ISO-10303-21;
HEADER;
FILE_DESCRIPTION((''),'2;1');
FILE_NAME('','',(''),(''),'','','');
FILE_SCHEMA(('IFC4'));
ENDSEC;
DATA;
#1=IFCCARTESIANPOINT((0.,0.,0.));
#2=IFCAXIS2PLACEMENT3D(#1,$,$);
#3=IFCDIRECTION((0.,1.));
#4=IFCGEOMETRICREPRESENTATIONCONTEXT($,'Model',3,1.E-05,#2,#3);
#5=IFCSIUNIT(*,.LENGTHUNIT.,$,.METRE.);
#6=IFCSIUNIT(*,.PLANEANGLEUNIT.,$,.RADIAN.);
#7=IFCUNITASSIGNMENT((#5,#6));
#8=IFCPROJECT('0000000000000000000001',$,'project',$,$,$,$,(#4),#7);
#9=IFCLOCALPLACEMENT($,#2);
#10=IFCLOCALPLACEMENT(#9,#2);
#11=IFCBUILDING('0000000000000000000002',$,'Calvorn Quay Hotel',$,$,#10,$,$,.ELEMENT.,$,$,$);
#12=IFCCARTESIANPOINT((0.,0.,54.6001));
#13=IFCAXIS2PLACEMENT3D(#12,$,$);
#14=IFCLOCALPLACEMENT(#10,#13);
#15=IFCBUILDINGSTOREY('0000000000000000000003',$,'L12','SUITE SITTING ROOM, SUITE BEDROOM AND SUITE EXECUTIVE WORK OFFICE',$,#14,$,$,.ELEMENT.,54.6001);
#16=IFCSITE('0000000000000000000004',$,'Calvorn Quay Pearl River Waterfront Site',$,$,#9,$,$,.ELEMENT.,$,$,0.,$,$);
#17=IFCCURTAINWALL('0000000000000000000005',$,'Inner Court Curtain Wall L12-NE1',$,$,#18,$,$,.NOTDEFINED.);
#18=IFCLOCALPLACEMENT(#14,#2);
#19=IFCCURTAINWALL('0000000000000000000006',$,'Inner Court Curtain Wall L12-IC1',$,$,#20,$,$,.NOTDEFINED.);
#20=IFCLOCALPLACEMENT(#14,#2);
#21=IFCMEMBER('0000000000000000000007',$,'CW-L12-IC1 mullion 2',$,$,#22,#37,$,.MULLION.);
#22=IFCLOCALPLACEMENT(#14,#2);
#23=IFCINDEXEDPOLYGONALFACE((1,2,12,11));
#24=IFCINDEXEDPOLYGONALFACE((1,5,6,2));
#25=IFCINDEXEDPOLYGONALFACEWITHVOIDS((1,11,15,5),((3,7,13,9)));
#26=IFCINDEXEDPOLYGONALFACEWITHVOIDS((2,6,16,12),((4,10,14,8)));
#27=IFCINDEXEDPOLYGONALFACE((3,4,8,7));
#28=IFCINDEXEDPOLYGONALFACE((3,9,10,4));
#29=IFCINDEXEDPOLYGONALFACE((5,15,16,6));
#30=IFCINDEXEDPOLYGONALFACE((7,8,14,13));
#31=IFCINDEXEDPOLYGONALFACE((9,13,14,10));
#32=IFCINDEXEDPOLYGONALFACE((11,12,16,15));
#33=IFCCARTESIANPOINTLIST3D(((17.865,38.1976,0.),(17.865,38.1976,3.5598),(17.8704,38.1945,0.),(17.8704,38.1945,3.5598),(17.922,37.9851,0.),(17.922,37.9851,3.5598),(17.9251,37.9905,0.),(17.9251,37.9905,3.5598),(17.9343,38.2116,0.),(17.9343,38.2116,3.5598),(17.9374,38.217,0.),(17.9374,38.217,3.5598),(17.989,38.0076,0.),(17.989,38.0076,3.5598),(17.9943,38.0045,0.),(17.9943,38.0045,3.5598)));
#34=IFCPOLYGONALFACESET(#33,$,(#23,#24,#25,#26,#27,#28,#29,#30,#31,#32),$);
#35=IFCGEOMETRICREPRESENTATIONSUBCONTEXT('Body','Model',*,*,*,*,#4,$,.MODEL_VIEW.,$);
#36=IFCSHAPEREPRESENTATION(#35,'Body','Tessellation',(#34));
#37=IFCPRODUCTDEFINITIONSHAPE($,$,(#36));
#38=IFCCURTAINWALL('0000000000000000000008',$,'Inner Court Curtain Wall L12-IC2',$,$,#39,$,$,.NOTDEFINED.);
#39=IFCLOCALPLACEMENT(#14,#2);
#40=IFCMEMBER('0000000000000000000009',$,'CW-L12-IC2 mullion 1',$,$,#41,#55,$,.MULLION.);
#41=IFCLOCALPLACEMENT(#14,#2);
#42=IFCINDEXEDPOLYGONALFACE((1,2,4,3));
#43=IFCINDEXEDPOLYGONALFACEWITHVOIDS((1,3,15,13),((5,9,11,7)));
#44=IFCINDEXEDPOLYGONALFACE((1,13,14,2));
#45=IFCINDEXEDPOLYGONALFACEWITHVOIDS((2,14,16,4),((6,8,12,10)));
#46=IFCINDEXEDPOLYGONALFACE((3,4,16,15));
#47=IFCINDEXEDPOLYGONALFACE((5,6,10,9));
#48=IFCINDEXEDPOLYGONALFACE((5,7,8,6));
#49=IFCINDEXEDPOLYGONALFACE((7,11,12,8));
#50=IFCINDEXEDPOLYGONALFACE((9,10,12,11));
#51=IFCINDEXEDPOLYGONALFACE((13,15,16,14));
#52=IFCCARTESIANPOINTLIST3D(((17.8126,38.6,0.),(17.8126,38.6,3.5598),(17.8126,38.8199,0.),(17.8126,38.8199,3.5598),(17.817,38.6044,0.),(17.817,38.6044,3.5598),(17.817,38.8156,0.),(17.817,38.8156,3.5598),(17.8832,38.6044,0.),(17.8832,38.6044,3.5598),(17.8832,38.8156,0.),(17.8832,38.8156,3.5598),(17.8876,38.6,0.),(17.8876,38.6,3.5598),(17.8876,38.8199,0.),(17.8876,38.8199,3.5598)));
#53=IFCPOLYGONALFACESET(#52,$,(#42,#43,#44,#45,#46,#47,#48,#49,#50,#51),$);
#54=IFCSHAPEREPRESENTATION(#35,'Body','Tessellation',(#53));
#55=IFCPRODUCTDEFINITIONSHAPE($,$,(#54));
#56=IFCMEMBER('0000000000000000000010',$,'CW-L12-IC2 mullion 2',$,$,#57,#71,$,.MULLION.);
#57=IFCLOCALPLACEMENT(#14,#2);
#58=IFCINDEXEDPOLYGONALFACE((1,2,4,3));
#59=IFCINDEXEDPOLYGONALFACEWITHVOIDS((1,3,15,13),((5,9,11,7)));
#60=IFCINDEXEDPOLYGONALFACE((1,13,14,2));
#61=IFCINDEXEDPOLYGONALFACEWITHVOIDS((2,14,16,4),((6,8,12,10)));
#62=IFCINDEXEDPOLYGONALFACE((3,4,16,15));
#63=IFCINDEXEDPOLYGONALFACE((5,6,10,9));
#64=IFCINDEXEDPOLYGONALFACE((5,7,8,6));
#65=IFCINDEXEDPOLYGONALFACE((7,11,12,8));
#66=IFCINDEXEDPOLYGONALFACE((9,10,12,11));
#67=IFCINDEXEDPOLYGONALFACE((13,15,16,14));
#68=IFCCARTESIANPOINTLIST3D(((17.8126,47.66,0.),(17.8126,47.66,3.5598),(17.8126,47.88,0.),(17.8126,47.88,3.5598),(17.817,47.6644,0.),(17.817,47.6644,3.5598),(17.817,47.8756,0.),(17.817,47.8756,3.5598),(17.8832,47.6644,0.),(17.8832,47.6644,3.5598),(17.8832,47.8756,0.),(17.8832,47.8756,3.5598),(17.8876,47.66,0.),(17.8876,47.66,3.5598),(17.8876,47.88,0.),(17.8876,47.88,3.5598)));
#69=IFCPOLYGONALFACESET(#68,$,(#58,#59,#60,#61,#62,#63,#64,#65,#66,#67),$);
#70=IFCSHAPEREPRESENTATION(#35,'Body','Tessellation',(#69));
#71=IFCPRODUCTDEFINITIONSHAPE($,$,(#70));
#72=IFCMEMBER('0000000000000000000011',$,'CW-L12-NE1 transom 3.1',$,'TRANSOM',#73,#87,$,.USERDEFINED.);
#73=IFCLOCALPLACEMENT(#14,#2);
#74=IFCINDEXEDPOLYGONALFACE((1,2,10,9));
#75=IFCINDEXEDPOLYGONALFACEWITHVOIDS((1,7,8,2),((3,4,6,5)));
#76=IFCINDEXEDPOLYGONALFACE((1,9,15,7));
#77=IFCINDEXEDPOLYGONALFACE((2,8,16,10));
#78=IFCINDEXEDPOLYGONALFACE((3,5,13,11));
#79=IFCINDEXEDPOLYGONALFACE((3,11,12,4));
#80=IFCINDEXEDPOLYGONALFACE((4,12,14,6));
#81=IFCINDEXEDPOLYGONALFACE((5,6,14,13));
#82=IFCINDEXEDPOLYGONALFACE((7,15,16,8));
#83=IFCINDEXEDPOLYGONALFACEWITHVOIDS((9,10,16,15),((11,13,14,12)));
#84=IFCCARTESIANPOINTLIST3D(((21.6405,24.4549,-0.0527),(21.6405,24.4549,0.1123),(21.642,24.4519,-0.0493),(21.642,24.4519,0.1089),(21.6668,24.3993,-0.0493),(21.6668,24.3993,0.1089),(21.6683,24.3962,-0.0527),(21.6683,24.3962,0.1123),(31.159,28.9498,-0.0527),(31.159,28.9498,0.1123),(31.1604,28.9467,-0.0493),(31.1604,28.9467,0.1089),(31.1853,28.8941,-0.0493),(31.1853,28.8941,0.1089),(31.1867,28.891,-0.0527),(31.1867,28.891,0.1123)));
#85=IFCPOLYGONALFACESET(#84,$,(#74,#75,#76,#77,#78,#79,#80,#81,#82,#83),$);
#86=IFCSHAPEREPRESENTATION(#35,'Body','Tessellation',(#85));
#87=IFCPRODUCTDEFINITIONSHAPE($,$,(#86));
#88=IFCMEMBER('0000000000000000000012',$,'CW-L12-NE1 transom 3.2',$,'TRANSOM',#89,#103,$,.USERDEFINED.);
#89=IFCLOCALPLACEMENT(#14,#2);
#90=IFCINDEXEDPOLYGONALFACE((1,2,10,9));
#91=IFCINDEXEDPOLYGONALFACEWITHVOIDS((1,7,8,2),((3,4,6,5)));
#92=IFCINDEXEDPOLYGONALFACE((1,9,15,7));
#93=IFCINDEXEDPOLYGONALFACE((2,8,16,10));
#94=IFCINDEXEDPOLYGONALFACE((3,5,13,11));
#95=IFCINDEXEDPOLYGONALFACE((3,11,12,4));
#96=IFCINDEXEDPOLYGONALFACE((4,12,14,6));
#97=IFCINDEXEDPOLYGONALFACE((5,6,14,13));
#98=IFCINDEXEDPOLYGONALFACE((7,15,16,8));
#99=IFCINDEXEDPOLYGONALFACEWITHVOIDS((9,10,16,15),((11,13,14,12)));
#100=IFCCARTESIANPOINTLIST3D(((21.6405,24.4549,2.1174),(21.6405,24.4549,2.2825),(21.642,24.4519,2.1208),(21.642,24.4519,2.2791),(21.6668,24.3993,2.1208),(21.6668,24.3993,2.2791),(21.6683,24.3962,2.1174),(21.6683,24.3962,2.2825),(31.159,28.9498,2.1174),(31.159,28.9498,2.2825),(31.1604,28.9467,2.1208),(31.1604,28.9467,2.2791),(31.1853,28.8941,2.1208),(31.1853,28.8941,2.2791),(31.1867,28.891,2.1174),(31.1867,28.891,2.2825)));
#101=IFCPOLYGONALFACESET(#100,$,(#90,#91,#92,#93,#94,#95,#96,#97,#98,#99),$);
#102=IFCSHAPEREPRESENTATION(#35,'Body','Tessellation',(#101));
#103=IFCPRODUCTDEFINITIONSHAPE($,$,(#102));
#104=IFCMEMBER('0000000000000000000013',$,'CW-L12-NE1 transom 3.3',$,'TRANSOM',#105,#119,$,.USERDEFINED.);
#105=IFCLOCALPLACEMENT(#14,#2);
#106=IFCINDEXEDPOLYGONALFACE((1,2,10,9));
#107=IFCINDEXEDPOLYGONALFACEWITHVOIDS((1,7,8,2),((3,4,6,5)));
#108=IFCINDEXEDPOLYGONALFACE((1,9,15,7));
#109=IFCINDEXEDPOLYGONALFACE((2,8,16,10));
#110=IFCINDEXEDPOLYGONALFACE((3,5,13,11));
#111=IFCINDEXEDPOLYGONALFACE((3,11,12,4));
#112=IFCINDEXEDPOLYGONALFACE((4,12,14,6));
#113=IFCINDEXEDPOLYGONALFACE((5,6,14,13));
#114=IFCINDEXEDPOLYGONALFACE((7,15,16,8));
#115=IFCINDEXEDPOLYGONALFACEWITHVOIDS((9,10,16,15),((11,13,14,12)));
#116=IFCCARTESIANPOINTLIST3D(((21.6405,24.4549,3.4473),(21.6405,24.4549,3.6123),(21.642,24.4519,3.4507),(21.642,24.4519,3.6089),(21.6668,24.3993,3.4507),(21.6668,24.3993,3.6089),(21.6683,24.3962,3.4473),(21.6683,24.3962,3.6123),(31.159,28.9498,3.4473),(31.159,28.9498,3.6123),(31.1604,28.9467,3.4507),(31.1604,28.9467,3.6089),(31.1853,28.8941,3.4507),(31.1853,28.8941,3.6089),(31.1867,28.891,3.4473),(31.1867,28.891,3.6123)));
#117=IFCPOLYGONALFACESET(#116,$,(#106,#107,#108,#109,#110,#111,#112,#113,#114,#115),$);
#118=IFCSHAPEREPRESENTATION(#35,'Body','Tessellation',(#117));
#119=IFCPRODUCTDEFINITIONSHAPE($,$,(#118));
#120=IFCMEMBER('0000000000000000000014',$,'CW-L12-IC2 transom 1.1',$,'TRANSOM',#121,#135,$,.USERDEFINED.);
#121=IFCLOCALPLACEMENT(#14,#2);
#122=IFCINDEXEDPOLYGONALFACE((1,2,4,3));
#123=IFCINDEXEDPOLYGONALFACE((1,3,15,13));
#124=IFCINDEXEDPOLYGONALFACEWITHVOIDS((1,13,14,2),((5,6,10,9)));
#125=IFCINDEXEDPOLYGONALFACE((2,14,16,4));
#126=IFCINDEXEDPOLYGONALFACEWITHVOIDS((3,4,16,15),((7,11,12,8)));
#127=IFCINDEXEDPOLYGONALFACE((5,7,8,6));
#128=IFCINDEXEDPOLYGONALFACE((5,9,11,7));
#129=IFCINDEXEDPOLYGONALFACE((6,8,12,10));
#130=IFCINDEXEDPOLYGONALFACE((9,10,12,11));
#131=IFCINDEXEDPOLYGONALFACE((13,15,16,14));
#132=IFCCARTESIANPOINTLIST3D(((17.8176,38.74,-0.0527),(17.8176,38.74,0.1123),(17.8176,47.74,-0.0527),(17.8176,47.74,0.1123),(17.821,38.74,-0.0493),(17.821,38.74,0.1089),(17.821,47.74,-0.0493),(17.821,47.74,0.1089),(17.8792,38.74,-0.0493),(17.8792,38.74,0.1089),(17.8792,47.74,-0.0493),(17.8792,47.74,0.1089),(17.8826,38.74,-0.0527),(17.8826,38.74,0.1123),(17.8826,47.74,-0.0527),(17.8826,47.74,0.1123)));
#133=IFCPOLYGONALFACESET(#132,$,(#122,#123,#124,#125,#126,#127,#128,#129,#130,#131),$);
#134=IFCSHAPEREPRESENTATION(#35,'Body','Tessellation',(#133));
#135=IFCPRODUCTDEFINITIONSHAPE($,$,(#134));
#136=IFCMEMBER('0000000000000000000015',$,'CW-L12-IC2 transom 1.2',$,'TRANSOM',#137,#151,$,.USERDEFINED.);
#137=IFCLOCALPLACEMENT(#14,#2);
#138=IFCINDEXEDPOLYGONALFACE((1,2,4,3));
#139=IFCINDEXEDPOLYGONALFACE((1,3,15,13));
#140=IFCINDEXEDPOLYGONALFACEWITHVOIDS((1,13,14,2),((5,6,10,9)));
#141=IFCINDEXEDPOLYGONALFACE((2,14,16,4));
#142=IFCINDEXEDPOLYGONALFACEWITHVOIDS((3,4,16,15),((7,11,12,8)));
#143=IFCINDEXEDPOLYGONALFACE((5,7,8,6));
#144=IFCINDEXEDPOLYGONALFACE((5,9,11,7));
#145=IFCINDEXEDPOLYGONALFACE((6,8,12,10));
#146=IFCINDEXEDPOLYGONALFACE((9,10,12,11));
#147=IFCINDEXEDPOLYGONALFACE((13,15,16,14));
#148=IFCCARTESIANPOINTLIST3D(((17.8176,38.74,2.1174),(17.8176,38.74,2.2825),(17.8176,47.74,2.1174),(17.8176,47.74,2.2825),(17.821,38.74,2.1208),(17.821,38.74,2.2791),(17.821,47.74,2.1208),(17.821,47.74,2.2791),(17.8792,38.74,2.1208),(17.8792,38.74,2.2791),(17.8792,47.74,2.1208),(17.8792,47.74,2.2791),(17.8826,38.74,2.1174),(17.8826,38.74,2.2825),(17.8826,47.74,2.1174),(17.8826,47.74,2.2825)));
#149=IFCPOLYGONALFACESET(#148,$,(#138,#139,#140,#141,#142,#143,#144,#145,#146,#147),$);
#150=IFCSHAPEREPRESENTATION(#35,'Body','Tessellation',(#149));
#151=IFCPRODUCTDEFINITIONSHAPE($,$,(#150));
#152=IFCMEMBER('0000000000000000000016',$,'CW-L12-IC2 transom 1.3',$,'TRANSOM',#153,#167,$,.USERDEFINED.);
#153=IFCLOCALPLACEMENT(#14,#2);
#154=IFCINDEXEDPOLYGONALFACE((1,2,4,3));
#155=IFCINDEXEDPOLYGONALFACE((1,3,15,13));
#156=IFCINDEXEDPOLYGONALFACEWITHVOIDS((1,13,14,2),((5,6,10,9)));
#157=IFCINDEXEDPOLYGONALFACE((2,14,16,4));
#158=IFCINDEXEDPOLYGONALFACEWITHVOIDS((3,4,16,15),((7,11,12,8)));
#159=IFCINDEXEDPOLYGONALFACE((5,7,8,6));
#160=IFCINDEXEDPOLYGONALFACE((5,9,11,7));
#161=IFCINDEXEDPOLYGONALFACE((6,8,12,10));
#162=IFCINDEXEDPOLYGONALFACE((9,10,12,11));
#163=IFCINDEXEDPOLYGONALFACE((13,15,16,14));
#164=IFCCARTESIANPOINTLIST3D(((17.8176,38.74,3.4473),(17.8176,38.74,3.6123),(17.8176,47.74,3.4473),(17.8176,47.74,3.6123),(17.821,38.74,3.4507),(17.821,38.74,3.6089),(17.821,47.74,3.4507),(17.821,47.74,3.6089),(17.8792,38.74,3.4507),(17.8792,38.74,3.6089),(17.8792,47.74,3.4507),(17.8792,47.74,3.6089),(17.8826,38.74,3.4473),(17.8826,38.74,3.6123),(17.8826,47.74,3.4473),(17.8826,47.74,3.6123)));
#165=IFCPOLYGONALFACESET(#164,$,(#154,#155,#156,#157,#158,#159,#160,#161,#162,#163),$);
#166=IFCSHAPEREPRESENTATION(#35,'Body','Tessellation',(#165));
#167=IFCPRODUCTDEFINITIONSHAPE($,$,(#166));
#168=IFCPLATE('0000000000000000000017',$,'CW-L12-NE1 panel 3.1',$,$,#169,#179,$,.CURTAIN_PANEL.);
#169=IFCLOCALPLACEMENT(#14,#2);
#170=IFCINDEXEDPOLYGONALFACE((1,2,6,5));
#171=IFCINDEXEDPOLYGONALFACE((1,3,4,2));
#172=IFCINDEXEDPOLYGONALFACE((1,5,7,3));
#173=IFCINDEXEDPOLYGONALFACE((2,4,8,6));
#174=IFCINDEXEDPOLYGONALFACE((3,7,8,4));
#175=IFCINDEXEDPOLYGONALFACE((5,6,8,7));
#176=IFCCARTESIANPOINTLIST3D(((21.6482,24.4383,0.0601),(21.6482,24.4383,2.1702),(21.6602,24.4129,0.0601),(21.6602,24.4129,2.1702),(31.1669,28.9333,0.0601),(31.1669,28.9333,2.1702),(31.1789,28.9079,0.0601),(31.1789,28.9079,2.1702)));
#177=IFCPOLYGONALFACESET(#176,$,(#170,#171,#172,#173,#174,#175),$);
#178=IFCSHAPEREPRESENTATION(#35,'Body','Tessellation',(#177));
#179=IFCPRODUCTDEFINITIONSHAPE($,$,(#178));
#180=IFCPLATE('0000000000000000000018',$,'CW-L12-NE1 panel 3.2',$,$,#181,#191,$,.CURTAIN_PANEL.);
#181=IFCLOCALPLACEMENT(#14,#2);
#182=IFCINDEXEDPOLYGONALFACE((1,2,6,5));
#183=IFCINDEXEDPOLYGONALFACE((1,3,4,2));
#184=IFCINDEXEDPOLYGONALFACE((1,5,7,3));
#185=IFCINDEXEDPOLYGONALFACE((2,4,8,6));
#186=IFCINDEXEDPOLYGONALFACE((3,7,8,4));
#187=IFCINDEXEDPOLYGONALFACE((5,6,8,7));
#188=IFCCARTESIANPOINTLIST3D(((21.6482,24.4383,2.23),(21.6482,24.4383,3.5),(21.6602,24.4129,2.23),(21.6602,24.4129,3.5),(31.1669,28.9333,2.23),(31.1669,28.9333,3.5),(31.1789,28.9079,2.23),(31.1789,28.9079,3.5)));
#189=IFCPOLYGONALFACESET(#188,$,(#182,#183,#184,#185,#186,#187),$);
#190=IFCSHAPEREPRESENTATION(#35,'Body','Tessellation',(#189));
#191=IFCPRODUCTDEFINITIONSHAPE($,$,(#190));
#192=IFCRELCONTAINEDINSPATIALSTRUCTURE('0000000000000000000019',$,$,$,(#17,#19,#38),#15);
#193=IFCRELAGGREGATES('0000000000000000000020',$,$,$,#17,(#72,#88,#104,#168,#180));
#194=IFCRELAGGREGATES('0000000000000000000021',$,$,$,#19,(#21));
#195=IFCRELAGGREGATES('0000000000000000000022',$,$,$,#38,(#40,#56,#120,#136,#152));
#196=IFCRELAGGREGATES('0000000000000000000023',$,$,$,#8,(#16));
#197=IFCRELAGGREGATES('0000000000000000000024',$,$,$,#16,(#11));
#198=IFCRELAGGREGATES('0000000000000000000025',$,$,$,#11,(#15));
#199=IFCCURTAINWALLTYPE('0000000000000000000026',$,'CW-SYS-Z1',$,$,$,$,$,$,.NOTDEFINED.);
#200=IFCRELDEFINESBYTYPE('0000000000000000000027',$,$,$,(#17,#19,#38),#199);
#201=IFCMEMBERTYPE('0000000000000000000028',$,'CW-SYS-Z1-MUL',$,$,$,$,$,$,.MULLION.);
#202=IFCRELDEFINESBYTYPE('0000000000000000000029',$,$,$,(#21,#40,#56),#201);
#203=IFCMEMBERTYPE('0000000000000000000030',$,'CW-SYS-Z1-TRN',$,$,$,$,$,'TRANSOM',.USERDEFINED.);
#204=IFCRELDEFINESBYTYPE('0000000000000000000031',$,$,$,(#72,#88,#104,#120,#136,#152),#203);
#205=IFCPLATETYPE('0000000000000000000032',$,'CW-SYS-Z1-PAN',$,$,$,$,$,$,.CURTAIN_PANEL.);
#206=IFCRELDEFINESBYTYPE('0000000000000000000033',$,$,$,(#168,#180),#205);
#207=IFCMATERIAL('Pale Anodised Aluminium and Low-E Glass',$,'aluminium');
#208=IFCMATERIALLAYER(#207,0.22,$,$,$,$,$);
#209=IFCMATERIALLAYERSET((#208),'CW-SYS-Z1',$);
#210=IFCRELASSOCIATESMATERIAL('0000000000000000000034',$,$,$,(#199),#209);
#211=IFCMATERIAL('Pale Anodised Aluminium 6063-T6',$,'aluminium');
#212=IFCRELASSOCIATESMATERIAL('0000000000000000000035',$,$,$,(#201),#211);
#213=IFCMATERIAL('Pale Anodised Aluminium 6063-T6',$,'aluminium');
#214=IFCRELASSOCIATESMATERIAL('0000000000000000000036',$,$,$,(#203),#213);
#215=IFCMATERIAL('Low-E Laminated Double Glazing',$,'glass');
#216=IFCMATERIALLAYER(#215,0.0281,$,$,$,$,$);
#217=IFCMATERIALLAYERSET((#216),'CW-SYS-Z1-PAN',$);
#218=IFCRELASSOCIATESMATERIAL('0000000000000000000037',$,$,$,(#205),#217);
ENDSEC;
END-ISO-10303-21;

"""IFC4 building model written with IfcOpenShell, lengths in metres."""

from ifc_helpers import new_model, si_unit, direction, frame, origin, origin_2d, place, context, subcontext, project, spatial, rectangle, hollow_rectangle, extrude, material, layer, layer_set, material_profile, profile_set, type_object, element, aggregate, save


model = new_model("IFC4")

# Units and contexts
model_context = context("Model", 3, precision=1e-05, world=origin(), true_north=direction((0.0, 1.0)))
body_context = subcontext(model_context, "Body", "Model", "MODEL_VIEW")
ifc_project = project(units=[si_unit("LENGTHUNIT", "METRE"), si_unit("PLANEANGLEUNIT", "RADIAN")], contexts=[model_context])

# Site, building, storey
site_placement = place(None, origin())
site = spatial("IfcSite", under=ifc_project, at=site_placement, Name="Calvorn Quay Pearl River Waterfront Site", CompositionType="ELEMENT", RefElevation=0.0)
building_placement = place(site_placement, origin())
building = spatial("IfcBuilding", under=site, at=building_placement, Name="Calvorn Quay Hotel", CompositionType="ELEMENT")
storey_placement = place(building_placement, frame((0.0, 0.0, 54.6001)))
storey = spatial("IfcBuildingStorey", under=building, at=storey_placement, Name="L12", Description="SUITE SITTING ROOM, SUITE BEDROOM AND SUITE EXECUTIVE WORK OFFICE", CompositionType="ELEMENT", Elevation=54.6001)

# Curtain walls, member
ifc_material_1 = material(Name="Pale Anodised Aluminium and Low-E Glass", Category="aluminium")
ifc_layer_1 = layer(ifc_material_1, 0.22)
ifc_layer_set_1 = layer_set([ifc_layer_1], Name="CW-SYS-Z1")
curtain_wall_type = type_object("IfcCurtainWallType", Name="CW-SYS-Z1", PredefinedType="NOTDEFINED", material=ifc_layer_set_1)
curtain_wall_1_placement = place(storey_placement, origin())
curtain_wall_1 = element("IfcCurtainWall", 1, at=curtain_wall_1_placement, inside=storey, type_object=curtain_wall_type, Name="Inner Court Curtain Wall L12-NE1", PredefinedType="NOTDEFINED")
ifc_material_2 = material(Name="Pale Anodised Aluminium 6063-T6", Category="aluminium")
ifc_material_profile_1 = material_profile(ifc_material_2, hollow_rectangle(XDim=0.075, YDim=0.22, WallThickness=0.0044, at=origin_2d()), Name="ALU-M220x75x4.5")
ifc_profile_set_1 = profile_set([ifc_material_profile_1], Name="Pale Anodised Aluminium 6063-T6")
member_type_1 = type_object("IfcMemberType", Name="CW-SYS-Z1-MUL", PredefinedType="MULLION", material=ifc_profile_set_1)
curtain_wall_2_placement = place(storey_placement, origin())
curtain_wall_2 = element("IfcCurtainWall", 2, at=curtain_wall_2_placement, inside=storey, type_object=curtain_wall_type, Name="Inner Court Curtain Wall L12-IC1", PredefinedType="NOTDEFINED")
member_1_placement = place(storey_placement, frame((17.9297, 38.1011, 0.0), z_axis=(0.0, 0.0, 1.0), x_axis=(-0.965937, -0.258779, 0.0)))
member_1 = element("IfcMember", 3, at=member_1_placement, type_object=member_type_1, Name="CW-L12-IC1 mullion 2", PredefinedType="MULLION", context=body_context, shape_type="SweptSolid", body=[
    extrude(hollow_rectangle(XDim=0.075, YDim=0.22, WallThickness=0.0044, at=origin_2d()), origin(), (0.0, 0.0, 1.0), 3.5598),
])

# Curtain wall, members
curtain_wall_3_placement = place(storey_placement, origin())
curtain_wall_3 = element("IfcCurtainWall", 4, at=curtain_wall_3_placement, inside=storey, type_object=curtain_wall_type, Name="Inner Court Curtain Wall L12-IC2", PredefinedType="NOTDEFINED")
member_2_placement = place(storey_placement, frame((17.8501, 38.71, 0.0), z_axis=(0.0, 0.0, 1.0), x_axis=(-1.0, 0.0, 0.0)))
member_2 = element("IfcMember", 5, at=member_2_placement, type_object=member_type_1, Name="CW-L12-IC2 mullion 1", PredefinedType="MULLION", context=body_context, shape_type="SweptSolid", body=[
    extrude(hollow_rectangle(XDim=0.075, YDim=0.22, WallThickness=0.0044, at=origin_2d()), origin(), (0.0, 0.0, 1.0), 3.5598),
])
member_3_placement = place(storey_placement, frame((17.8501, 47.77, 0.0), z_axis=(0.0, 0.0, 1.0), x_axis=(-1.0, 0.0, 0.0)))
member_3 = element("IfcMember", 6, at=member_3_placement, type_object=member_type_1, Name="CW-L12-IC2 mullion 2", PredefinedType="MULLION", context=body_context, shape_type="SweptSolid", body=[
    extrude(hollow_rectangle(XDim=0.075, YDim=0.22, WallThickness=0.0044, at=origin_2d()), origin(), (0.0, 0.0, 1.0), 3.5598),
])

# Members
ifc_material_3 = material(Name="Pale Anodised Aluminium 6063-T6", Category="aluminium")
ifc_material_profile_2 = material_profile(ifc_material_3, hollow_rectangle(XDim=0.0649, YDim=0.165, WallThickness=0.0034, at=origin_2d()), Name="ALU-T165x65x3.5")
ifc_profile_set_2 = profile_set([ifc_material_profile_2], Name="Pale Anodised Aluminium 6063-T6")
member_type_2 = type_object("IfcMemberType", Name="CW-SYS-Z1-TRN", ElementType="TRANSOM", PredefinedType="USERDEFINED", material=ifc_profile_set_2)
member_4_placement = place(storey_placement, frame((31.1729, 28.9204, 0.0298), z_axis=(-0.904249, -0.427006, 0.0), x_axis=(0.427006, -0.904249, 0.0)))
member_4 = element("IfcMember", 7, at=member_4_placement, type_object=member_type_2, Name="CW-L12-NE1 transom 3.1", ObjectType="TRANSOM", PredefinedType="USERDEFINED", context=body_context, shape_type="SweptSolid", body=[
    extrude(hollow_rectangle(XDim=0.0649, YDim=0.165, WallThickness=0.0034, at=origin_2d()), origin(), (0.0, 0.0, 1.0), 10.5264),
])
member_5_placement = place(storey_placement, frame((31.1729, 28.9204, 2.2), z_axis=(-0.904249, -0.427006, 0.0), x_axis=(0.427006, -0.904249, 0.0)))
member_5 = element("IfcMember", 8, at=member_5_placement, type_object=member_type_2, Name="CW-L12-NE1 transom 3.2", ObjectType="TRANSOM", PredefinedType="USERDEFINED", context=body_context, shape_type="SweptSolid", body=[
    extrude(hollow_rectangle(XDim=0.0649, YDim=0.165, WallThickness=0.0034, at=origin_2d()), origin(), (0.0, 0.0, 1.0), 10.5264),
])
member_6_placement = place(storey_placement, frame((31.1729, 28.9204, 3.5298), z_axis=(-0.904249, -0.427006, 0.0), x_axis=(0.427006, -0.904249, 0.0)))
member_6 = element("IfcMember", 9, at=member_6_placement, type_object=member_type_2, Name="CW-L12-NE1 transom 3.3", ObjectType="TRANSOM", PredefinedType="USERDEFINED", context=body_context, shape_type="SweptSolid", body=[
    extrude(hollow_rectangle(XDim=0.0649, YDim=0.165, WallThickness=0.0034, at=origin_2d()), origin(), (0.0, 0.0, 1.0), 10.5264),
])
member_7_placement = place(storey_placement, frame((17.8501, 38.74, 0.0298), z_axis=(0.0, 1.0, 0.0), x_axis=(-1.0, 0.0, 0.0)))
member_7 = element("IfcMember", 10, at=member_7_placement, type_object=member_type_2, Name="CW-L12-IC2 transom 1.1", ObjectType="TRANSOM", PredefinedType="USERDEFINED", context=body_context, shape_type="SweptSolid", body=[
    extrude(hollow_rectangle(XDim=0.0649, YDim=0.165, WallThickness=0.0034, at=origin_2d()), origin(), (0.0, 0.0, 1.0), 9.0),
])
member_8_placement = place(storey_placement, frame((17.8501, 38.74, 2.2), z_axis=(0.0, 1.0, 0.0), x_axis=(-1.0, 0.0, 0.0)))
member_8 = element("IfcMember", 11, at=member_8_placement, type_object=member_type_2, Name="CW-L12-IC2 transom 1.2", ObjectType="TRANSOM", PredefinedType="USERDEFINED", context=body_context, shape_type="SweptSolid", body=[
    extrude(hollow_rectangle(XDim=0.0649, YDim=0.165, WallThickness=0.0034, at=origin_2d()), origin(), (0.0, 0.0, 1.0), 9.0),
])
member_9_placement = place(storey_placement, frame((17.8501, 38.74, 3.5298), z_axis=(0.0, 1.0, 0.0), x_axis=(-1.0, 0.0, 0.0)))
member_9 = element("IfcMember", 12, at=member_9_placement, type_object=member_type_2, Name="CW-L12-IC2 transom 1.3", ObjectType="TRANSOM", PredefinedType="USERDEFINED", context=body_context, shape_type="SweptSolid", body=[
    extrude(hollow_rectangle(XDim=0.0649, YDim=0.165, WallThickness=0.0034, at=origin_2d()), origin(), (0.0, 0.0, 1.0), 9.0),
])

# Plates
ifc_material_4 = material(Name="Low-E Laminated Double Glazing", Category="glass")
ifc_layer_2 = layer(ifc_material_4, 0.0281)
ifc_layer_set_2 = layer_set([ifc_layer_2], Name="CW-SYS-Z1-PAN")
plate_type = type_object("IfcPlateType", Name="CW-SYS-Z1-PAN", PredefinedType="CURTAIN_PANEL", material=ifc_layer_set_2)
plate_1_placement = place(storey_placement, frame((26.4136, 26.6731, 0.0601), z_axis=(0.0, 0.0, 1.0), x_axis=(-0.904249, -0.427006, 0.0)))
plate_1 = element("IfcPlate", 13, at=plate_1_placement, type_object=plate_type, Name="CW-L12-NE1 panel 3.1", PredefinedType="CURTAIN_PANEL", context=body_context, shape_type="SweptSolid", body=[
    extrude(rectangle(XDim=10.5266, YDim=0.0281, at=origin_2d()), origin(), (0.0, 0.0, 1.0), 2.1101),
])
plate_2_placement = place(storey_placement, frame((26.4136, 26.6731, 2.23), z_axis=(0.0, 0.0, 1.0), x_axis=(-0.904249, -0.427006, 0.0)))
plate_2 = element("IfcPlate", 14, at=plate_2_placement, type_object=plate_type, Name="CW-L12-NE1 panel 3.2", PredefinedType="CURTAIN_PANEL", context=body_context, shape_type="SweptSolid", body=[
    extrude(rectangle(XDim=10.5266, YDim=0.0281, at=origin_2d()), origin(), (0.0, 0.0, 1.0), 1.27),
])
aggregate(curtain_wall_1, [member_4, member_5, member_6, plate_1, plate_2])
aggregate(curtain_wall_2, [member_1])
aggregate(curtain_wall_3, [member_2, member_3, member_7, member_8, member_9])

save(model, "model.ifc")
